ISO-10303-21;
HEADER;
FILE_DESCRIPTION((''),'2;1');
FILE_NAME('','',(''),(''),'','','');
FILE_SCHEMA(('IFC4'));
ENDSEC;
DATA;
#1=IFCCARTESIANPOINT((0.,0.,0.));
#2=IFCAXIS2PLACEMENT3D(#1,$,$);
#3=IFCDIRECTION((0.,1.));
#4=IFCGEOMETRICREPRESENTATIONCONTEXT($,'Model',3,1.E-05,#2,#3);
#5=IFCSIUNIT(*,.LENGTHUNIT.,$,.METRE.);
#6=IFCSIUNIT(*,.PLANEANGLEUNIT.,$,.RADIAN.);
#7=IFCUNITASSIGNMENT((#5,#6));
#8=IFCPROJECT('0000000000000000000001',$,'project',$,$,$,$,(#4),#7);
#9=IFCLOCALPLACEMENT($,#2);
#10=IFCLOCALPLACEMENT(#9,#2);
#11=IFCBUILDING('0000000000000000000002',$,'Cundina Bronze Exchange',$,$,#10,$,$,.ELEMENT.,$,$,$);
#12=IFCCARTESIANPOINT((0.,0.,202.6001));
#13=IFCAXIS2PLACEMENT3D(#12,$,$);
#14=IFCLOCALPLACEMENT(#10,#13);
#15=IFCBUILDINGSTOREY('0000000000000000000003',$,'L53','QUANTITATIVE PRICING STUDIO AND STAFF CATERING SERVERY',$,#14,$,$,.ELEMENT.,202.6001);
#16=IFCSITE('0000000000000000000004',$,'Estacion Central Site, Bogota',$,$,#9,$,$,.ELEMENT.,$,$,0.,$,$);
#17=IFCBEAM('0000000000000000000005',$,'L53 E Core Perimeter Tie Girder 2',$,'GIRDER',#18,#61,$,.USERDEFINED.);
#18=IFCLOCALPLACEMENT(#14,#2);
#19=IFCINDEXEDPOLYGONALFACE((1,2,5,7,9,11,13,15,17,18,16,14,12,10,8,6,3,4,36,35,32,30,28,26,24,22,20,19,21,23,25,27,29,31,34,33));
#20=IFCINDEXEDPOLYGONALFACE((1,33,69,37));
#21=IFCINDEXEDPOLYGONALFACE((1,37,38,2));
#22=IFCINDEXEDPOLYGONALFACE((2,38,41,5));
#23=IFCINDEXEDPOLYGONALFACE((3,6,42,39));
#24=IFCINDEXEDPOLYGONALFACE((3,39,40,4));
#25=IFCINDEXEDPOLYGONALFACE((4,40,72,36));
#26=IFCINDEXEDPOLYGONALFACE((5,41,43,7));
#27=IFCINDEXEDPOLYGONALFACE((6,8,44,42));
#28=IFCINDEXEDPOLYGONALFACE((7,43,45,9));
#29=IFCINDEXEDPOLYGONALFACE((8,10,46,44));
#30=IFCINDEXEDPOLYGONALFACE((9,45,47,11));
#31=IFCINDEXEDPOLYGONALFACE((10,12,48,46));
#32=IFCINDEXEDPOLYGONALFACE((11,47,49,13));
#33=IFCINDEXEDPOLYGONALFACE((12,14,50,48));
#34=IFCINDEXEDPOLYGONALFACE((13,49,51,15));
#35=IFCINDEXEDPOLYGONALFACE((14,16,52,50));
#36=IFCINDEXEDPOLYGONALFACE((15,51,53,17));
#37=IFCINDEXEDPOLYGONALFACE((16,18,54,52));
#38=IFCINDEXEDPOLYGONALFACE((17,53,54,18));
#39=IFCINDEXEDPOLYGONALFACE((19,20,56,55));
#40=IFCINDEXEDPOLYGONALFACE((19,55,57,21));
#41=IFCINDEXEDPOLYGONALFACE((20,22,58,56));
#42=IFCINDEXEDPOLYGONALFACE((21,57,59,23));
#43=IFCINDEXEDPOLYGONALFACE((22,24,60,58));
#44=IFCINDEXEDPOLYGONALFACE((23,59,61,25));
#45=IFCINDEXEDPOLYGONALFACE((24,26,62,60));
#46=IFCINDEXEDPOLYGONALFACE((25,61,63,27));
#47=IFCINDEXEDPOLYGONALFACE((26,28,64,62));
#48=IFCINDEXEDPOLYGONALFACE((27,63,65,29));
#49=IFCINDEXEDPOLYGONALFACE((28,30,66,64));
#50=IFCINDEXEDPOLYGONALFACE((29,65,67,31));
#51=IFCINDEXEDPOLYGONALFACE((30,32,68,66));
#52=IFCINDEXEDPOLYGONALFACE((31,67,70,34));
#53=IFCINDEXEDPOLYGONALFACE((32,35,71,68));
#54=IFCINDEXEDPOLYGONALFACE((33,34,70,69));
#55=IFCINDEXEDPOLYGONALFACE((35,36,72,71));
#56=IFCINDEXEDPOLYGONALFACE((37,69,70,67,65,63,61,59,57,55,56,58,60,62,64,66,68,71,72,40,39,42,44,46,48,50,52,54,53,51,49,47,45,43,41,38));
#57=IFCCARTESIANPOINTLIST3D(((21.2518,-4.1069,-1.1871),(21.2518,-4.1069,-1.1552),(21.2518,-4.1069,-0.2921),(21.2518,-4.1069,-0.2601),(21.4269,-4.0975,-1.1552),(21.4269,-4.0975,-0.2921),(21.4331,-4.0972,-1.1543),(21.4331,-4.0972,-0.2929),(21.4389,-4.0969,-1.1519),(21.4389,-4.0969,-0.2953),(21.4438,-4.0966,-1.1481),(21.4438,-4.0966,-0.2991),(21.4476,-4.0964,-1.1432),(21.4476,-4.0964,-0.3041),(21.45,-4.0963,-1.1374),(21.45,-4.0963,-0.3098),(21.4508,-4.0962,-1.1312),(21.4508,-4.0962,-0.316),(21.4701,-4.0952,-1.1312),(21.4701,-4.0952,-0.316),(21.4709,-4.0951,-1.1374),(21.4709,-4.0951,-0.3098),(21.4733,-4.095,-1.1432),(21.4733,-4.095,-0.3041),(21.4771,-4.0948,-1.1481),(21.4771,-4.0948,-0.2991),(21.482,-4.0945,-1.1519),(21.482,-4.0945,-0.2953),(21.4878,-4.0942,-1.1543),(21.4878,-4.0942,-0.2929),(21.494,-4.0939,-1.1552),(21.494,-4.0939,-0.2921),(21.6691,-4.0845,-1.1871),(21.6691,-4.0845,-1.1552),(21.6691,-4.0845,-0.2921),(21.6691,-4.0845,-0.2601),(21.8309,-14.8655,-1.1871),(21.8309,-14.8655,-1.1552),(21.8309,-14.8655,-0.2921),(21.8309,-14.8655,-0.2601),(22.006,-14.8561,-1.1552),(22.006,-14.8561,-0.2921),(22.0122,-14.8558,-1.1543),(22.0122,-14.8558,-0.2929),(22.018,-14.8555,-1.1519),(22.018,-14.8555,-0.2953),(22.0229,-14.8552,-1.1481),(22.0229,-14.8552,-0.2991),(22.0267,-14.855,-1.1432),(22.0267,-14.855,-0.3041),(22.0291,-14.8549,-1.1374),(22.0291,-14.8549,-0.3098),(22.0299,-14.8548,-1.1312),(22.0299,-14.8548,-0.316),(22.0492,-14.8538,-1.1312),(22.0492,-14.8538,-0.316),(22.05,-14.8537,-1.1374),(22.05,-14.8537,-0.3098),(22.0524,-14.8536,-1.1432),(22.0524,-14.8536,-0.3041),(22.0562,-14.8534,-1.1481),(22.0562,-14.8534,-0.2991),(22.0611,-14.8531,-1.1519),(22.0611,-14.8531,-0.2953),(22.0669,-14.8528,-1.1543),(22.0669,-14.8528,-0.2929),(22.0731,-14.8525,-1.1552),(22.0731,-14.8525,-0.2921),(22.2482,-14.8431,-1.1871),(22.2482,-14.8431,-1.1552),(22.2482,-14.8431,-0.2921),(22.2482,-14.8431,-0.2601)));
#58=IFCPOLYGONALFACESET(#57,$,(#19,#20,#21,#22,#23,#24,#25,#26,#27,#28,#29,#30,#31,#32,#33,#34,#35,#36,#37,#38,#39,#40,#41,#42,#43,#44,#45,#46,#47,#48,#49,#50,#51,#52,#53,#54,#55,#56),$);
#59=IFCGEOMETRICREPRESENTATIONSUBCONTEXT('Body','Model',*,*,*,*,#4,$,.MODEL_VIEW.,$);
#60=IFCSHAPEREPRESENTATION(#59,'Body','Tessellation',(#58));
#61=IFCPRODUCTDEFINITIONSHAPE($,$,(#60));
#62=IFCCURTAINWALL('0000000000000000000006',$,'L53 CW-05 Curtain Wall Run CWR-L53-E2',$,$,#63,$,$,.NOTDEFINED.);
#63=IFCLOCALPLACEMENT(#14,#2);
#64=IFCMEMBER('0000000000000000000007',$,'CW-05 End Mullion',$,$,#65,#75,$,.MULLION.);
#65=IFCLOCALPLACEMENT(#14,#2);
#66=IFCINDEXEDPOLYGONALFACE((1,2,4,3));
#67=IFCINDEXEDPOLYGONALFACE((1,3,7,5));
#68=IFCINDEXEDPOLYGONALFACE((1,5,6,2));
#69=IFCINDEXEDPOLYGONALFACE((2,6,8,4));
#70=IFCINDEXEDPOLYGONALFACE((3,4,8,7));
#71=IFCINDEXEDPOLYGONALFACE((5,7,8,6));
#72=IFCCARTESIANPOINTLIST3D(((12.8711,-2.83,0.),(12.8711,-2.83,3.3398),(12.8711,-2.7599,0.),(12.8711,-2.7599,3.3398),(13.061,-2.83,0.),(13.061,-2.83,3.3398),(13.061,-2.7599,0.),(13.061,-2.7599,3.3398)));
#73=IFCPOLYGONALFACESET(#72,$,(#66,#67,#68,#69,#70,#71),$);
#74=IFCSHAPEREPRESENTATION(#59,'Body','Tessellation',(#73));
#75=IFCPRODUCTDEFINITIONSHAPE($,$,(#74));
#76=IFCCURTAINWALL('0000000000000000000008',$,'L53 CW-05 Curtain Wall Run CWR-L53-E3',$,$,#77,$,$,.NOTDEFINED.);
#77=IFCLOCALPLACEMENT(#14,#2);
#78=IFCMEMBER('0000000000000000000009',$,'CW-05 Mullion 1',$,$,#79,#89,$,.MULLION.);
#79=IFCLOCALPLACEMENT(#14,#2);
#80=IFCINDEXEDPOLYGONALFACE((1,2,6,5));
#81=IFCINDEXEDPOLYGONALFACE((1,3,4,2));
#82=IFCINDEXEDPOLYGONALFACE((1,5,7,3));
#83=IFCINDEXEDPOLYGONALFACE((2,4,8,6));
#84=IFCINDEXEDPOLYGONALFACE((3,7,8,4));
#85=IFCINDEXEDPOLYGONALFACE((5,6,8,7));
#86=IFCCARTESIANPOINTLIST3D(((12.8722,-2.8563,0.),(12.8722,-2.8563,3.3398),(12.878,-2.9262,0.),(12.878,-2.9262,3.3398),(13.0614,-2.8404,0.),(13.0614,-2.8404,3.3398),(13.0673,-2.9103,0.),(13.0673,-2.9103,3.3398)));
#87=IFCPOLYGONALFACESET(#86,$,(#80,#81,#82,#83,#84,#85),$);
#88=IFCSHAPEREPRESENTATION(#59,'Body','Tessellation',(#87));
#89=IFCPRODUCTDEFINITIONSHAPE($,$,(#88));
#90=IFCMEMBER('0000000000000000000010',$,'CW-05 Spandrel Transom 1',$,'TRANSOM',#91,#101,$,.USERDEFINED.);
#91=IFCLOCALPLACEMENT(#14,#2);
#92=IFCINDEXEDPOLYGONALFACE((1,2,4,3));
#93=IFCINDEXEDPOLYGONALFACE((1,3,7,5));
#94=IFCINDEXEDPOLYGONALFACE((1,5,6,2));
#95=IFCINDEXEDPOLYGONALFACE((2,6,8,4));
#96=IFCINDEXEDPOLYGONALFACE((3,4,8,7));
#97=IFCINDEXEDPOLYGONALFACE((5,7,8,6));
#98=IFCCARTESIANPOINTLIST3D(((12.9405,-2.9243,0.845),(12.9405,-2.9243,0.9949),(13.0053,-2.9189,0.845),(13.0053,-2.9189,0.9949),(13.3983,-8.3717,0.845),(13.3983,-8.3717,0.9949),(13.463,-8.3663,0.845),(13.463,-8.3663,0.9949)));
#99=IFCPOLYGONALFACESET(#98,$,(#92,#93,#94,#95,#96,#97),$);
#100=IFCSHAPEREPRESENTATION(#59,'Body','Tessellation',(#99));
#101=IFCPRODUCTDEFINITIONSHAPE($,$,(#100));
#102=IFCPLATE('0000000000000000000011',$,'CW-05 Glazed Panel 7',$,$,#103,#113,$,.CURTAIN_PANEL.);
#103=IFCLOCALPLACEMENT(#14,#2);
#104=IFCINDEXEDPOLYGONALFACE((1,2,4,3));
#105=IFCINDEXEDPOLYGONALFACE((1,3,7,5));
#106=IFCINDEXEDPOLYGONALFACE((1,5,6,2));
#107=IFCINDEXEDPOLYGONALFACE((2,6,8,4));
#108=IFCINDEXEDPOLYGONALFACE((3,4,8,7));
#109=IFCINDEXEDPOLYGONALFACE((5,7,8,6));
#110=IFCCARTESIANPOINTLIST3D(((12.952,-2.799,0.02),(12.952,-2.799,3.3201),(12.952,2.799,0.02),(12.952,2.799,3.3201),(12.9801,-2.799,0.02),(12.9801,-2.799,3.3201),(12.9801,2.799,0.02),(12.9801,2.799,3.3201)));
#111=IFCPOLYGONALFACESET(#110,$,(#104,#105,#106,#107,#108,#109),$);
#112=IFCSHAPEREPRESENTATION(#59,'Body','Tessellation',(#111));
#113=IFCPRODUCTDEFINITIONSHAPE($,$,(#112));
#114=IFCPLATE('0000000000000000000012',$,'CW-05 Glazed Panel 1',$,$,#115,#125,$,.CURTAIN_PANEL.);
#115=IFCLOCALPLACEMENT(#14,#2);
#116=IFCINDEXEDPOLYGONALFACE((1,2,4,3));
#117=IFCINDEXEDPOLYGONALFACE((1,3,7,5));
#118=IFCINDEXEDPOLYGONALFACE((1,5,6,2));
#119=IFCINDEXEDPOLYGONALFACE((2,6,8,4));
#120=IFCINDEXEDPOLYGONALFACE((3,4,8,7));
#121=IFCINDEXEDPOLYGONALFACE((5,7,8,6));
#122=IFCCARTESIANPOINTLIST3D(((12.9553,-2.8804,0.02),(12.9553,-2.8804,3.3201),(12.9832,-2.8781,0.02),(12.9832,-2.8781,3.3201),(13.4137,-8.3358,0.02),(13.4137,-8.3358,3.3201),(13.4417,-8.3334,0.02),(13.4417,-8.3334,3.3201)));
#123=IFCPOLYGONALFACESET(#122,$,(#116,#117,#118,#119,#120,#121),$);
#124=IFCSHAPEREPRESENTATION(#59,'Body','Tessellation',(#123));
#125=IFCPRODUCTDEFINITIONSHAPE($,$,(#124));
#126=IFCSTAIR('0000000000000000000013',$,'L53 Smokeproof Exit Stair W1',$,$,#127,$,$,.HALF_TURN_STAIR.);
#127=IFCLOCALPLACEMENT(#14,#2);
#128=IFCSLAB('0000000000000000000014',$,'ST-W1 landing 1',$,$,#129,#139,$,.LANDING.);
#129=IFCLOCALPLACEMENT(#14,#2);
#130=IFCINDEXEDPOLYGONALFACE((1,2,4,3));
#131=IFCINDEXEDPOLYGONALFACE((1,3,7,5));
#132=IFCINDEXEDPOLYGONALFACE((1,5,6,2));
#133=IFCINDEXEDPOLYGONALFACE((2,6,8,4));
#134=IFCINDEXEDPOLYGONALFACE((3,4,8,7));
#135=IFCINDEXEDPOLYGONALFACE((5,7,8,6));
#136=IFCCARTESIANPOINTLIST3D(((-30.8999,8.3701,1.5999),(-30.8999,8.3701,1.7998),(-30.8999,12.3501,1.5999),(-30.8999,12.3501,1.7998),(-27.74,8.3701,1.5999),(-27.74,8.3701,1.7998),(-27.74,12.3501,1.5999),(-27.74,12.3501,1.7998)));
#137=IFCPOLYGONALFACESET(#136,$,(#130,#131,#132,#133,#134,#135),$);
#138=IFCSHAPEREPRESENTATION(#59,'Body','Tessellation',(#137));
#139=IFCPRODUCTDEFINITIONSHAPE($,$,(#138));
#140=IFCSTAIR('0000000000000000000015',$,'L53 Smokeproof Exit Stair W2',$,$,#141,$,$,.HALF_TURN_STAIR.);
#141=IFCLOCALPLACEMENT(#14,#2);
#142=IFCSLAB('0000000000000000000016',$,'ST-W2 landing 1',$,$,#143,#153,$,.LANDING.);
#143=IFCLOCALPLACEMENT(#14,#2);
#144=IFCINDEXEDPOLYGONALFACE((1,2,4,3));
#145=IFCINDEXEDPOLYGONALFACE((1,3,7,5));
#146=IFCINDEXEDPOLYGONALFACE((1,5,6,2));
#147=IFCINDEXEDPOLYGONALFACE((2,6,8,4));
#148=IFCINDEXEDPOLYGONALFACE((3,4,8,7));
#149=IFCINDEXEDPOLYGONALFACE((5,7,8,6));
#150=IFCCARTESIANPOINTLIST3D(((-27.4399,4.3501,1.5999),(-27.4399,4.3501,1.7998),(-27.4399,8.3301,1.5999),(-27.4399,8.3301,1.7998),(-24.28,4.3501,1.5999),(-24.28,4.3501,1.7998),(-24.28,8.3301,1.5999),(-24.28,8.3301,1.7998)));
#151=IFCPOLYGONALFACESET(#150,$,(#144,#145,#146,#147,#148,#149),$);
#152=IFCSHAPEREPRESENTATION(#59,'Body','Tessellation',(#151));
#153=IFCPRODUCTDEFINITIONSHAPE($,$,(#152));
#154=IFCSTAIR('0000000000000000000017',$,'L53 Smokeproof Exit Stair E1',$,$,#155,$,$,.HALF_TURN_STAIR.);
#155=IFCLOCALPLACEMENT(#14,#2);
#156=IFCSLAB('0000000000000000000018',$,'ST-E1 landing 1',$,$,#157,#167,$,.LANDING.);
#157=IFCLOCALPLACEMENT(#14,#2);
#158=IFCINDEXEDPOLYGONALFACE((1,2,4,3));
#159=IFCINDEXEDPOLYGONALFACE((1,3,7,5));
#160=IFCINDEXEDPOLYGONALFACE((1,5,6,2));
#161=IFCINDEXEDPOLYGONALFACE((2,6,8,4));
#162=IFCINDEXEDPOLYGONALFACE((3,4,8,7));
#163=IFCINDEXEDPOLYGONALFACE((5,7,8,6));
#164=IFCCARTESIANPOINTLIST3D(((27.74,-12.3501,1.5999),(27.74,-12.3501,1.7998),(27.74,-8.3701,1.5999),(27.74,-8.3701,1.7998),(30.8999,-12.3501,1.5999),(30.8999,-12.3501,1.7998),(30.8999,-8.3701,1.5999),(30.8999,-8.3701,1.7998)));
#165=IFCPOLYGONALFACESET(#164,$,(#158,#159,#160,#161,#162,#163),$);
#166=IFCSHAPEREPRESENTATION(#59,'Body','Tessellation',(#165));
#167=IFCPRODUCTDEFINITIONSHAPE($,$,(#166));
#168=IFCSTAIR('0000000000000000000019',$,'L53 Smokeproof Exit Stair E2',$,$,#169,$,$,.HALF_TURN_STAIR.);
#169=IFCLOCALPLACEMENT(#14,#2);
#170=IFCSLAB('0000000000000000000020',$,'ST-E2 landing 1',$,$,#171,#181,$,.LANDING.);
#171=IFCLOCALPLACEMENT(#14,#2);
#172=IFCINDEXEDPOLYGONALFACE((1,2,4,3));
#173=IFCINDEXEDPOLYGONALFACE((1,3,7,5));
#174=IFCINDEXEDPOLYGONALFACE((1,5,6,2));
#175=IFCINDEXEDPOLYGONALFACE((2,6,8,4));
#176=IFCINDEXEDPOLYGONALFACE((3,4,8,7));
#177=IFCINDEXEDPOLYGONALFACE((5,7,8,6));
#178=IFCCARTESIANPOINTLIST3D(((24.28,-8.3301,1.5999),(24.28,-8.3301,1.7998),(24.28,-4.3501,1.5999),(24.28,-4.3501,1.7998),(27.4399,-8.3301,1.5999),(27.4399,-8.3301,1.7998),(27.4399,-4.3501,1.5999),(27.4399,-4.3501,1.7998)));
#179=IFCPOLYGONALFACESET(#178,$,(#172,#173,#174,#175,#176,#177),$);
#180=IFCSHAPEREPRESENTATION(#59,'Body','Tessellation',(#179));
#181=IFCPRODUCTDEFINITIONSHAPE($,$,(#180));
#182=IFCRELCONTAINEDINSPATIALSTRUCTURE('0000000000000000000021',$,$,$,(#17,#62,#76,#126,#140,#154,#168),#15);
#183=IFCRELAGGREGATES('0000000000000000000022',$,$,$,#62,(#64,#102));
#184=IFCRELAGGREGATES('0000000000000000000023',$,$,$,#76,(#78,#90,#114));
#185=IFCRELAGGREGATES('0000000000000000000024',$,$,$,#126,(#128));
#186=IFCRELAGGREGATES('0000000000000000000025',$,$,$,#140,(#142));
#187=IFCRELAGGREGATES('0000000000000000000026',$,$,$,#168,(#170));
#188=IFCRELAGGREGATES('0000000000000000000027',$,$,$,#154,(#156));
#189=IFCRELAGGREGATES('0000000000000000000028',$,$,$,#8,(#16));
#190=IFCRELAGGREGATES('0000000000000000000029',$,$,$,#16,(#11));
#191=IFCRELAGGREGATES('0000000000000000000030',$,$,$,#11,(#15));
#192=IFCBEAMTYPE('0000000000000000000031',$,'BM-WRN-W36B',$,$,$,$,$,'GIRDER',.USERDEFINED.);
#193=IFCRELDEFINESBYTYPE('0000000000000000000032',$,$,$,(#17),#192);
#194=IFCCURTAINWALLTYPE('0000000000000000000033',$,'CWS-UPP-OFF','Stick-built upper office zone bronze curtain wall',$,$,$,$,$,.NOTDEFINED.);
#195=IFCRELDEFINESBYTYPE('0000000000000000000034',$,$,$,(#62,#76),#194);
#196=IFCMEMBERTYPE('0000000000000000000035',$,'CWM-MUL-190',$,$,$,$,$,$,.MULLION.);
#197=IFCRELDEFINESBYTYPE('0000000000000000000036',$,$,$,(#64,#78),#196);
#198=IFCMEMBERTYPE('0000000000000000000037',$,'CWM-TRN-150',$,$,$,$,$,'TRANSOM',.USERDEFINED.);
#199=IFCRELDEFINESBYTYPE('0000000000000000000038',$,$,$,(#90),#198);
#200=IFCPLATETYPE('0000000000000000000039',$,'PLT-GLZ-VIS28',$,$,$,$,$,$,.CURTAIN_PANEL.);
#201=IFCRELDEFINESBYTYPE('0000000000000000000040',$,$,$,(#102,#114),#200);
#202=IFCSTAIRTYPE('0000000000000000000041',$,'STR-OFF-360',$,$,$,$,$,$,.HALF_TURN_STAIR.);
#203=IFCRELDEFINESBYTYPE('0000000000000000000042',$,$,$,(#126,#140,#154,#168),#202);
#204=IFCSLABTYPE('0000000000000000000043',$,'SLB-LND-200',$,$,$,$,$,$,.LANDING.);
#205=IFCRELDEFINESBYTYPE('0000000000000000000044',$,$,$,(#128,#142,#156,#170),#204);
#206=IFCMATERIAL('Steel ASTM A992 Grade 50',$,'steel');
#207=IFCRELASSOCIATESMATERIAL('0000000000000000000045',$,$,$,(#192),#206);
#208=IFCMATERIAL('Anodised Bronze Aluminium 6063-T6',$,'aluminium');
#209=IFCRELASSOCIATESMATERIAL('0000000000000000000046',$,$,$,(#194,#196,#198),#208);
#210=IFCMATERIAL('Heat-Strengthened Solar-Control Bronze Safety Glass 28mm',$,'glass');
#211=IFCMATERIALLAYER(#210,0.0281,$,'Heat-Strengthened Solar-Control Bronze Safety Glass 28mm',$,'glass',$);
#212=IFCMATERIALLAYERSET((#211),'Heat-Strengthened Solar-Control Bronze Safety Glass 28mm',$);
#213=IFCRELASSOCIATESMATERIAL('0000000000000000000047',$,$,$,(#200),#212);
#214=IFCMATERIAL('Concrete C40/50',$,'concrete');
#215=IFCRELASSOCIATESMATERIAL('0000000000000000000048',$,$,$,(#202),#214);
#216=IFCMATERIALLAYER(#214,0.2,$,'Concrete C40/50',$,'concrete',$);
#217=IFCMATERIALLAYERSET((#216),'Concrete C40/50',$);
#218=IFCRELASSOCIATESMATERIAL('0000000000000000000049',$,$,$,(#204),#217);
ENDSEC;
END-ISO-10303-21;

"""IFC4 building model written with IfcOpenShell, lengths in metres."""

from ifc_helpers import new_model, si_unit, direction, frame, origin, origin_2d, place, context, subcontext, project, spatial, polyline, rectangle, i_section, outline, extrude, material, layer, layer_set, material_profile, profile_set, type_object, element, aggregate, save


model = new_model("IFC4")

# Units and contexts
model_context = context("Model", 3, precision=1e-05, world=origin(), true_north=direction((0.0, 1.0)))
body_context = subcontext(model_context, "Body", "Model", "MODEL_VIEW")
ifc_project = project(units=[si_unit("LENGTHUNIT", "METRE"), si_unit("PLANEANGLEUNIT", "RADIAN")], contexts=[model_context])

# Site, building, storey
site_placement = place(None, origin())
site = spatial("IfcSite", under=ifc_project, at=site_placement, Name="Estacion Central Site, Bogota", CompositionType="ELEMENT", RefElevation=0.0)
building_placement = place(site_placement, origin())
building = spatial("IfcBuilding", under=site, at=building_placement, Name="Cundina Bronze Exchange", CompositionType="ELEMENT")
storey_placement = place(building_placement, frame((0.0, 0.0, 202.6001)))
storey = spatial("IfcBuildingStorey", under=building, at=storey_placement, Name="L53", Description="QUANTITATIVE PRICING STUDIO AND STAFF CATERING SERVERY", CompositionType="ELEMENT", Elevation=202.6001)

# Shared definitions
ifc_material_1 = material(Name="Steel ASTM A992 Grade 50", Category="steel")

# Beam
ifc_material_profile_1 = material_profile(ifc_material_1, i_section(OverallWidth=0.418, OverallDepth=0.927, WebThickness=0.0193, FlangeThickness=0.032, FilletRadius=0.0239, at=origin_2d()), Name="W36X231", Category="steel")
ifc_profile_set_1 = profile_set([ifc_material_profile_1], Name="Steel ASTM A992 Grade 50")
beam_type_1 = type_object("IfcBeamType", Name="BM-WRN-W36B", ElementType="GIRDER", PredefinedType="USERDEFINED", material=ifc_profile_set_1)
beam_1_placement = place(storey_placement, frame((21.4604, -4.0957, -0.7236), z_axis=(0.053749, -0.998554, 0.0), x_axis=(0.998554, 0.053749, 0.0)))
element("IfcBeam", 1, at=beam_1_placement, inside=storey, type_object=beam_type_1, Name="L53 E Core Perimeter Tie Girder 2", ObjectType="GIRDER", PredefinedType="USERDEFINED", context=body_context, shape_type="SweptSolid", body=[
    extrude(i_section(OverallWidth=0.418, OverallDepth=0.927, WebThickness=0.0193, FlangeThickness=0.032, FilletRadius=0.0239, at=origin_2d()), origin(), (0.0, 0.0, 1.0), 10.7742),
])

# Curtain wall, member
ifc_material_2 = material(Name="Anodised Bronze Aluminium 6063-T6", Category="aluminium")
curtain_wall_type = type_object("IfcCurtainWallType", Name="CWS-UPP-OFF", Description="Stick-built upper office zone bronze curtain wall", PredefinedType="NOTDEFINED", material=ifc_material_2)
curtain_wall_1_placement = place(storey_placement, origin())
curtain_wall_1 = element("IfcCurtainWall", 2, at=curtain_wall_1_placement, inside=storey, type_object=curtain_wall_type, Name="L53 CW-05 Curtain Wall Run CWR-L53-E2", PredefinedType="NOTDEFINED")
ifc_material_profile_2 = material_profile(ifc_material_2, rectangle(XDim=0.0701, YDim=0.1899, at=origin_2d()), Name="AL70X190", Category="aluminium")
ifc_profile_set_2 = profile_set([ifc_material_profile_2], Name="Anodised Bronze Aluminium 6063-T6")
member_type_1 = type_object("IfcMemberType", Name="CWM-MUL-190", PredefinedType="MULLION", material=ifc_profile_set_2)
member_1_placement = place(storey_placement, frame((12.9661, -2.7949, 0.0), z_axis=(0.0, 0.0, 1.0), x_axis=(0.0, -1.0, 0.0)))
member_1 = element("IfcMember", 3, at=member_1_placement, type_object=member_type_1, Name="CW-05 End Mullion", PredefinedType="MULLION", context=body_context, shape_type="SweptSolid", body=[
    extrude(rectangle(XDim=0.0701, YDim=0.1899, at=origin_2d()), origin(), (0.0, 0.0, 1.0), 3.3398),
])

# Curtain wall, members
curtain_wall_2_placement = place(storey_placement, origin())
curtain_wall_2 = element("IfcCurtainWall", 4, at=curtain_wall_2_placement, inside=storey, type_object=curtain_wall_type, Name="L53 CW-05 Curtain Wall Run CWR-L53-E3", PredefinedType="NOTDEFINED")
member_2_placement = place(storey_placement, frame((12.9697, -2.8833, 0.0), z_axis=(0.0, 0.0, 1.0), x_axis=(0.083678, -0.996493, 0.0)))
member_2 = element("IfcMember", 5, at=member_2_placement, type_object=member_type_1, Name="CW-05 Mullion 1", PredefinedType="MULLION", context=body_context, shape_type="SweptSolid", body=[
    extrude(rectangle(XDim=0.0701, YDim=0.1899, at=origin_2d()), origin(), (0.0, 0.0, 1.0), 3.3398),
])
ifc_material_profile_3 = material_profile(ifc_material_2, rectangle(XDim=0.0649, YDim=0.1499, at=origin_2d()), Name="AL65X150", Category="aluminium")
ifc_profile_set_3 = profile_set([ifc_material_profile_3], Name="Anodised Bronze Aluminium 6063-T6")
member_type_2 = type_object("IfcMemberType", Name="CWM-TRN-150", ElementType="TRANSOM", PredefinedType="USERDEFINED", material=ifc_profile_set_3)
member_3_placement = place(storey_placement, frame((12.9729, -2.9216, 0.9199), z_axis=(0.08374, -0.996488, 0.0), x_axis=(0.996488, 0.08374, 0.0)))
member_3 = element("IfcMember", 6, at=member_3_placement, type_object=member_type_2, Name="CW-05 Spandrel Transom 1", ObjectType="TRANSOM", PredefinedType="USERDEFINED", context=body_context, shape_type="SweptSolid", body=[
    extrude(rectangle(XDim=0.0649, YDim=0.1499, at=origin_2d()), origin(), (0.0, 0.0, 1.0), 5.4666),
])

# Plates
ifc_material_3 = material(Name="Heat-Strengthened Solar-Control Bronze Safety Glass 28mm", Category="glass")
ifc_layer_1 = layer(ifc_material_3, 0.0281, Name="Heat-Strengthened Solar-Control Bronze Safety Glass 28mm", Category="glass")
ifc_layer_set_1 = layer_set([ifc_layer_1], Name="Heat-Strengthened Solar-Control Bronze Safety Glass 28mm")
plate_type = type_object("IfcPlateType", Name="PLT-GLZ-VIS28", PredefinedType="CURTAIN_PANEL", material=ifc_layer_set_1)
plate_1_placement = place(storey_placement, frame((12.9661, 0.0, 0.02), z_axis=(0.0, 0.0, 1.0), x_axis=(0.0, -1.0, 0.0)))
plate_1 = element("IfcPlate", 7, at=plate_1_placement, type_object=plate_type, Name="CW-05 Glazed Panel 7", PredefinedType="CURTAIN_PANEL", context=body_context, shape_type="SweptSolid", body=[
    extrude(rectangle(XDim=5.5979, YDim=0.0281, at=origin_2d()), origin(), (0.0, 0.0, 1.0), 3.3),
])
aggregate(curtain_wall_1, [member_1, plate_1])
plate_2_placement = place(storey_placement, frame((13.1985, -5.6069, 0.02), z_axis=(0.0, 0.0, 1.0), x_axis=(0.083747, -0.996487, 0.0)))
plate_2 = element("IfcPlate", 8, at=plate_2_placement, type_object=plate_type, Name="CW-05 Glazed Panel 1", PredefinedType="CURTAIN_PANEL", context=body_context, shape_type="SweptSolid", body=[
    extrude(rectangle(XDim=5.4746, YDim=0.0281, at=origin_2d()), origin(), (0.0, 0.0, 1.0), 3.3),
])
aggregate(curtain_wall_2, [member_2, member_3, plate_2])

# Stairs, slabs
ifc_material_4 = material(Name="Concrete C40/50", Category="concrete")
stair_type = type_object("IfcStairType", Name="STR-OFF-360", PredefinedType="HALF_TURN_STAIR", material=ifc_material_4)
stair_1_placement = place(storey_placement, origin())
stair_1 = element("IfcStair", 9, at=stair_1_placement, inside=storey, type_object=stair_type, Name="L53 Smokeproof Exit Stair W1", PredefinedType="HALF_TURN_STAIR")
ifc_layer_2 = layer(ifc_material_4, 0.2, Name="Concrete C40/50", Category="concrete")
ifc_layer_set_2 = layer_set([ifc_layer_2], Name="Concrete C40/50")
slab_type_1 = type_object("IfcSlabType", Name="SLB-LND-200", PredefinedType="LANDING", material=ifc_layer_set_2)
slab_1_placement = place(storey_placement, frame((0.0, 0.0, 1.5999)))
slab_1 = element("IfcSlab", 10, at=slab_1_placement, type_object=slab_type_1, Name="ST-W1 landing 1", PredefinedType="LANDING", context=body_context, shape_type="SweptSolid", body=[
    extrude(outline(polyline([(-27.74, 8.3701), (-27.74, 12.3501), (-30.8999, 12.3501), (-30.8999, 8.3701), (-27.74, 8.3701)])), origin(), (0.0, 0.0, 1.0), 0.2),
])
aggregate(stair_1, [slab_1])
stair_2_placement = place(storey_placement, origin())
stair_2 = element("IfcStair", 11, at=stair_2_placement, inside=storey, type_object=stair_type, Name="L53 Smokeproof Exit Stair W2", PredefinedType="HALF_TURN_STAIR")
slab_2_placement = place(storey_placement, frame((0.0, 0.0, 1.5999)))
slab_2 = element("IfcSlab", 12, at=slab_2_placement, type_object=slab_type_1, Name="ST-W2 landing 1", PredefinedType="LANDING", context=body_context, shape_type="SweptSolid", body=[
    extrude(outline(polyline([(-27.4399, 8.3301), (-27.4399, 4.3501), (-24.28, 4.3501), (-24.28, 8.3301), (-27.4399, 8.3301)])), origin(), (0.0, 0.0, 1.0), 0.2),
])
aggregate(stair_2, [slab_2])
stair_3_placement = place(storey_placement, origin())
stair_3 = element("IfcStair", 13, at=stair_3_placement, inside=storey, type_object=stair_type, Name="L53 Smokeproof Exit Stair E1", PredefinedType="HALF_TURN_STAIR")
slab_3_placement = place(storey_placement, frame((0.0, 0.0, 1.5999)))
slab_3 = element("IfcSlab", 14, at=slab_3_placement, type_object=slab_type_1, Name="ST-E1 landing 1", PredefinedType="LANDING", context=body_context, shape_type="SweptSolid", body=[
    extrude(outline(polyline([(27.74, -8.3701), (27.74, -12.3501), (30.8999, -12.3501), (30.8999, -8.3701), (27.74, -8.3701)])), origin(), (0.0, 0.0, 1.0), 0.2),
])
stair_4_placement = place(storey_placement, origin())
stair_4 = element("IfcStair", 15, at=stair_4_placement, inside=storey, type_object=stair_type, Name="L53 Smokeproof Exit Stair E2", PredefinedType="HALF_TURN_STAIR")
slab_4_placement = place(storey_placement, frame((0.0, 0.0, 1.5999)))
slab_4 = element("IfcSlab", 16, at=slab_4_placement, type_object=slab_type_1, Name="ST-E2 landing 1", PredefinedType="LANDING", context=body_context, shape_type="SweptSolid", body=[
    extrude(outline(polyline([(27.4399, -8.3301), (27.4399, -4.3501), (24.28, -4.3501), (24.28, -8.3301), (27.4399, -8.3301)])), origin(), (0.0, 0.0, 1.0), 0.2),
])
aggregate(stair_4, [slab_4])

aggregate(stair_3, [slab_3])

save(model, "model.ifc")
